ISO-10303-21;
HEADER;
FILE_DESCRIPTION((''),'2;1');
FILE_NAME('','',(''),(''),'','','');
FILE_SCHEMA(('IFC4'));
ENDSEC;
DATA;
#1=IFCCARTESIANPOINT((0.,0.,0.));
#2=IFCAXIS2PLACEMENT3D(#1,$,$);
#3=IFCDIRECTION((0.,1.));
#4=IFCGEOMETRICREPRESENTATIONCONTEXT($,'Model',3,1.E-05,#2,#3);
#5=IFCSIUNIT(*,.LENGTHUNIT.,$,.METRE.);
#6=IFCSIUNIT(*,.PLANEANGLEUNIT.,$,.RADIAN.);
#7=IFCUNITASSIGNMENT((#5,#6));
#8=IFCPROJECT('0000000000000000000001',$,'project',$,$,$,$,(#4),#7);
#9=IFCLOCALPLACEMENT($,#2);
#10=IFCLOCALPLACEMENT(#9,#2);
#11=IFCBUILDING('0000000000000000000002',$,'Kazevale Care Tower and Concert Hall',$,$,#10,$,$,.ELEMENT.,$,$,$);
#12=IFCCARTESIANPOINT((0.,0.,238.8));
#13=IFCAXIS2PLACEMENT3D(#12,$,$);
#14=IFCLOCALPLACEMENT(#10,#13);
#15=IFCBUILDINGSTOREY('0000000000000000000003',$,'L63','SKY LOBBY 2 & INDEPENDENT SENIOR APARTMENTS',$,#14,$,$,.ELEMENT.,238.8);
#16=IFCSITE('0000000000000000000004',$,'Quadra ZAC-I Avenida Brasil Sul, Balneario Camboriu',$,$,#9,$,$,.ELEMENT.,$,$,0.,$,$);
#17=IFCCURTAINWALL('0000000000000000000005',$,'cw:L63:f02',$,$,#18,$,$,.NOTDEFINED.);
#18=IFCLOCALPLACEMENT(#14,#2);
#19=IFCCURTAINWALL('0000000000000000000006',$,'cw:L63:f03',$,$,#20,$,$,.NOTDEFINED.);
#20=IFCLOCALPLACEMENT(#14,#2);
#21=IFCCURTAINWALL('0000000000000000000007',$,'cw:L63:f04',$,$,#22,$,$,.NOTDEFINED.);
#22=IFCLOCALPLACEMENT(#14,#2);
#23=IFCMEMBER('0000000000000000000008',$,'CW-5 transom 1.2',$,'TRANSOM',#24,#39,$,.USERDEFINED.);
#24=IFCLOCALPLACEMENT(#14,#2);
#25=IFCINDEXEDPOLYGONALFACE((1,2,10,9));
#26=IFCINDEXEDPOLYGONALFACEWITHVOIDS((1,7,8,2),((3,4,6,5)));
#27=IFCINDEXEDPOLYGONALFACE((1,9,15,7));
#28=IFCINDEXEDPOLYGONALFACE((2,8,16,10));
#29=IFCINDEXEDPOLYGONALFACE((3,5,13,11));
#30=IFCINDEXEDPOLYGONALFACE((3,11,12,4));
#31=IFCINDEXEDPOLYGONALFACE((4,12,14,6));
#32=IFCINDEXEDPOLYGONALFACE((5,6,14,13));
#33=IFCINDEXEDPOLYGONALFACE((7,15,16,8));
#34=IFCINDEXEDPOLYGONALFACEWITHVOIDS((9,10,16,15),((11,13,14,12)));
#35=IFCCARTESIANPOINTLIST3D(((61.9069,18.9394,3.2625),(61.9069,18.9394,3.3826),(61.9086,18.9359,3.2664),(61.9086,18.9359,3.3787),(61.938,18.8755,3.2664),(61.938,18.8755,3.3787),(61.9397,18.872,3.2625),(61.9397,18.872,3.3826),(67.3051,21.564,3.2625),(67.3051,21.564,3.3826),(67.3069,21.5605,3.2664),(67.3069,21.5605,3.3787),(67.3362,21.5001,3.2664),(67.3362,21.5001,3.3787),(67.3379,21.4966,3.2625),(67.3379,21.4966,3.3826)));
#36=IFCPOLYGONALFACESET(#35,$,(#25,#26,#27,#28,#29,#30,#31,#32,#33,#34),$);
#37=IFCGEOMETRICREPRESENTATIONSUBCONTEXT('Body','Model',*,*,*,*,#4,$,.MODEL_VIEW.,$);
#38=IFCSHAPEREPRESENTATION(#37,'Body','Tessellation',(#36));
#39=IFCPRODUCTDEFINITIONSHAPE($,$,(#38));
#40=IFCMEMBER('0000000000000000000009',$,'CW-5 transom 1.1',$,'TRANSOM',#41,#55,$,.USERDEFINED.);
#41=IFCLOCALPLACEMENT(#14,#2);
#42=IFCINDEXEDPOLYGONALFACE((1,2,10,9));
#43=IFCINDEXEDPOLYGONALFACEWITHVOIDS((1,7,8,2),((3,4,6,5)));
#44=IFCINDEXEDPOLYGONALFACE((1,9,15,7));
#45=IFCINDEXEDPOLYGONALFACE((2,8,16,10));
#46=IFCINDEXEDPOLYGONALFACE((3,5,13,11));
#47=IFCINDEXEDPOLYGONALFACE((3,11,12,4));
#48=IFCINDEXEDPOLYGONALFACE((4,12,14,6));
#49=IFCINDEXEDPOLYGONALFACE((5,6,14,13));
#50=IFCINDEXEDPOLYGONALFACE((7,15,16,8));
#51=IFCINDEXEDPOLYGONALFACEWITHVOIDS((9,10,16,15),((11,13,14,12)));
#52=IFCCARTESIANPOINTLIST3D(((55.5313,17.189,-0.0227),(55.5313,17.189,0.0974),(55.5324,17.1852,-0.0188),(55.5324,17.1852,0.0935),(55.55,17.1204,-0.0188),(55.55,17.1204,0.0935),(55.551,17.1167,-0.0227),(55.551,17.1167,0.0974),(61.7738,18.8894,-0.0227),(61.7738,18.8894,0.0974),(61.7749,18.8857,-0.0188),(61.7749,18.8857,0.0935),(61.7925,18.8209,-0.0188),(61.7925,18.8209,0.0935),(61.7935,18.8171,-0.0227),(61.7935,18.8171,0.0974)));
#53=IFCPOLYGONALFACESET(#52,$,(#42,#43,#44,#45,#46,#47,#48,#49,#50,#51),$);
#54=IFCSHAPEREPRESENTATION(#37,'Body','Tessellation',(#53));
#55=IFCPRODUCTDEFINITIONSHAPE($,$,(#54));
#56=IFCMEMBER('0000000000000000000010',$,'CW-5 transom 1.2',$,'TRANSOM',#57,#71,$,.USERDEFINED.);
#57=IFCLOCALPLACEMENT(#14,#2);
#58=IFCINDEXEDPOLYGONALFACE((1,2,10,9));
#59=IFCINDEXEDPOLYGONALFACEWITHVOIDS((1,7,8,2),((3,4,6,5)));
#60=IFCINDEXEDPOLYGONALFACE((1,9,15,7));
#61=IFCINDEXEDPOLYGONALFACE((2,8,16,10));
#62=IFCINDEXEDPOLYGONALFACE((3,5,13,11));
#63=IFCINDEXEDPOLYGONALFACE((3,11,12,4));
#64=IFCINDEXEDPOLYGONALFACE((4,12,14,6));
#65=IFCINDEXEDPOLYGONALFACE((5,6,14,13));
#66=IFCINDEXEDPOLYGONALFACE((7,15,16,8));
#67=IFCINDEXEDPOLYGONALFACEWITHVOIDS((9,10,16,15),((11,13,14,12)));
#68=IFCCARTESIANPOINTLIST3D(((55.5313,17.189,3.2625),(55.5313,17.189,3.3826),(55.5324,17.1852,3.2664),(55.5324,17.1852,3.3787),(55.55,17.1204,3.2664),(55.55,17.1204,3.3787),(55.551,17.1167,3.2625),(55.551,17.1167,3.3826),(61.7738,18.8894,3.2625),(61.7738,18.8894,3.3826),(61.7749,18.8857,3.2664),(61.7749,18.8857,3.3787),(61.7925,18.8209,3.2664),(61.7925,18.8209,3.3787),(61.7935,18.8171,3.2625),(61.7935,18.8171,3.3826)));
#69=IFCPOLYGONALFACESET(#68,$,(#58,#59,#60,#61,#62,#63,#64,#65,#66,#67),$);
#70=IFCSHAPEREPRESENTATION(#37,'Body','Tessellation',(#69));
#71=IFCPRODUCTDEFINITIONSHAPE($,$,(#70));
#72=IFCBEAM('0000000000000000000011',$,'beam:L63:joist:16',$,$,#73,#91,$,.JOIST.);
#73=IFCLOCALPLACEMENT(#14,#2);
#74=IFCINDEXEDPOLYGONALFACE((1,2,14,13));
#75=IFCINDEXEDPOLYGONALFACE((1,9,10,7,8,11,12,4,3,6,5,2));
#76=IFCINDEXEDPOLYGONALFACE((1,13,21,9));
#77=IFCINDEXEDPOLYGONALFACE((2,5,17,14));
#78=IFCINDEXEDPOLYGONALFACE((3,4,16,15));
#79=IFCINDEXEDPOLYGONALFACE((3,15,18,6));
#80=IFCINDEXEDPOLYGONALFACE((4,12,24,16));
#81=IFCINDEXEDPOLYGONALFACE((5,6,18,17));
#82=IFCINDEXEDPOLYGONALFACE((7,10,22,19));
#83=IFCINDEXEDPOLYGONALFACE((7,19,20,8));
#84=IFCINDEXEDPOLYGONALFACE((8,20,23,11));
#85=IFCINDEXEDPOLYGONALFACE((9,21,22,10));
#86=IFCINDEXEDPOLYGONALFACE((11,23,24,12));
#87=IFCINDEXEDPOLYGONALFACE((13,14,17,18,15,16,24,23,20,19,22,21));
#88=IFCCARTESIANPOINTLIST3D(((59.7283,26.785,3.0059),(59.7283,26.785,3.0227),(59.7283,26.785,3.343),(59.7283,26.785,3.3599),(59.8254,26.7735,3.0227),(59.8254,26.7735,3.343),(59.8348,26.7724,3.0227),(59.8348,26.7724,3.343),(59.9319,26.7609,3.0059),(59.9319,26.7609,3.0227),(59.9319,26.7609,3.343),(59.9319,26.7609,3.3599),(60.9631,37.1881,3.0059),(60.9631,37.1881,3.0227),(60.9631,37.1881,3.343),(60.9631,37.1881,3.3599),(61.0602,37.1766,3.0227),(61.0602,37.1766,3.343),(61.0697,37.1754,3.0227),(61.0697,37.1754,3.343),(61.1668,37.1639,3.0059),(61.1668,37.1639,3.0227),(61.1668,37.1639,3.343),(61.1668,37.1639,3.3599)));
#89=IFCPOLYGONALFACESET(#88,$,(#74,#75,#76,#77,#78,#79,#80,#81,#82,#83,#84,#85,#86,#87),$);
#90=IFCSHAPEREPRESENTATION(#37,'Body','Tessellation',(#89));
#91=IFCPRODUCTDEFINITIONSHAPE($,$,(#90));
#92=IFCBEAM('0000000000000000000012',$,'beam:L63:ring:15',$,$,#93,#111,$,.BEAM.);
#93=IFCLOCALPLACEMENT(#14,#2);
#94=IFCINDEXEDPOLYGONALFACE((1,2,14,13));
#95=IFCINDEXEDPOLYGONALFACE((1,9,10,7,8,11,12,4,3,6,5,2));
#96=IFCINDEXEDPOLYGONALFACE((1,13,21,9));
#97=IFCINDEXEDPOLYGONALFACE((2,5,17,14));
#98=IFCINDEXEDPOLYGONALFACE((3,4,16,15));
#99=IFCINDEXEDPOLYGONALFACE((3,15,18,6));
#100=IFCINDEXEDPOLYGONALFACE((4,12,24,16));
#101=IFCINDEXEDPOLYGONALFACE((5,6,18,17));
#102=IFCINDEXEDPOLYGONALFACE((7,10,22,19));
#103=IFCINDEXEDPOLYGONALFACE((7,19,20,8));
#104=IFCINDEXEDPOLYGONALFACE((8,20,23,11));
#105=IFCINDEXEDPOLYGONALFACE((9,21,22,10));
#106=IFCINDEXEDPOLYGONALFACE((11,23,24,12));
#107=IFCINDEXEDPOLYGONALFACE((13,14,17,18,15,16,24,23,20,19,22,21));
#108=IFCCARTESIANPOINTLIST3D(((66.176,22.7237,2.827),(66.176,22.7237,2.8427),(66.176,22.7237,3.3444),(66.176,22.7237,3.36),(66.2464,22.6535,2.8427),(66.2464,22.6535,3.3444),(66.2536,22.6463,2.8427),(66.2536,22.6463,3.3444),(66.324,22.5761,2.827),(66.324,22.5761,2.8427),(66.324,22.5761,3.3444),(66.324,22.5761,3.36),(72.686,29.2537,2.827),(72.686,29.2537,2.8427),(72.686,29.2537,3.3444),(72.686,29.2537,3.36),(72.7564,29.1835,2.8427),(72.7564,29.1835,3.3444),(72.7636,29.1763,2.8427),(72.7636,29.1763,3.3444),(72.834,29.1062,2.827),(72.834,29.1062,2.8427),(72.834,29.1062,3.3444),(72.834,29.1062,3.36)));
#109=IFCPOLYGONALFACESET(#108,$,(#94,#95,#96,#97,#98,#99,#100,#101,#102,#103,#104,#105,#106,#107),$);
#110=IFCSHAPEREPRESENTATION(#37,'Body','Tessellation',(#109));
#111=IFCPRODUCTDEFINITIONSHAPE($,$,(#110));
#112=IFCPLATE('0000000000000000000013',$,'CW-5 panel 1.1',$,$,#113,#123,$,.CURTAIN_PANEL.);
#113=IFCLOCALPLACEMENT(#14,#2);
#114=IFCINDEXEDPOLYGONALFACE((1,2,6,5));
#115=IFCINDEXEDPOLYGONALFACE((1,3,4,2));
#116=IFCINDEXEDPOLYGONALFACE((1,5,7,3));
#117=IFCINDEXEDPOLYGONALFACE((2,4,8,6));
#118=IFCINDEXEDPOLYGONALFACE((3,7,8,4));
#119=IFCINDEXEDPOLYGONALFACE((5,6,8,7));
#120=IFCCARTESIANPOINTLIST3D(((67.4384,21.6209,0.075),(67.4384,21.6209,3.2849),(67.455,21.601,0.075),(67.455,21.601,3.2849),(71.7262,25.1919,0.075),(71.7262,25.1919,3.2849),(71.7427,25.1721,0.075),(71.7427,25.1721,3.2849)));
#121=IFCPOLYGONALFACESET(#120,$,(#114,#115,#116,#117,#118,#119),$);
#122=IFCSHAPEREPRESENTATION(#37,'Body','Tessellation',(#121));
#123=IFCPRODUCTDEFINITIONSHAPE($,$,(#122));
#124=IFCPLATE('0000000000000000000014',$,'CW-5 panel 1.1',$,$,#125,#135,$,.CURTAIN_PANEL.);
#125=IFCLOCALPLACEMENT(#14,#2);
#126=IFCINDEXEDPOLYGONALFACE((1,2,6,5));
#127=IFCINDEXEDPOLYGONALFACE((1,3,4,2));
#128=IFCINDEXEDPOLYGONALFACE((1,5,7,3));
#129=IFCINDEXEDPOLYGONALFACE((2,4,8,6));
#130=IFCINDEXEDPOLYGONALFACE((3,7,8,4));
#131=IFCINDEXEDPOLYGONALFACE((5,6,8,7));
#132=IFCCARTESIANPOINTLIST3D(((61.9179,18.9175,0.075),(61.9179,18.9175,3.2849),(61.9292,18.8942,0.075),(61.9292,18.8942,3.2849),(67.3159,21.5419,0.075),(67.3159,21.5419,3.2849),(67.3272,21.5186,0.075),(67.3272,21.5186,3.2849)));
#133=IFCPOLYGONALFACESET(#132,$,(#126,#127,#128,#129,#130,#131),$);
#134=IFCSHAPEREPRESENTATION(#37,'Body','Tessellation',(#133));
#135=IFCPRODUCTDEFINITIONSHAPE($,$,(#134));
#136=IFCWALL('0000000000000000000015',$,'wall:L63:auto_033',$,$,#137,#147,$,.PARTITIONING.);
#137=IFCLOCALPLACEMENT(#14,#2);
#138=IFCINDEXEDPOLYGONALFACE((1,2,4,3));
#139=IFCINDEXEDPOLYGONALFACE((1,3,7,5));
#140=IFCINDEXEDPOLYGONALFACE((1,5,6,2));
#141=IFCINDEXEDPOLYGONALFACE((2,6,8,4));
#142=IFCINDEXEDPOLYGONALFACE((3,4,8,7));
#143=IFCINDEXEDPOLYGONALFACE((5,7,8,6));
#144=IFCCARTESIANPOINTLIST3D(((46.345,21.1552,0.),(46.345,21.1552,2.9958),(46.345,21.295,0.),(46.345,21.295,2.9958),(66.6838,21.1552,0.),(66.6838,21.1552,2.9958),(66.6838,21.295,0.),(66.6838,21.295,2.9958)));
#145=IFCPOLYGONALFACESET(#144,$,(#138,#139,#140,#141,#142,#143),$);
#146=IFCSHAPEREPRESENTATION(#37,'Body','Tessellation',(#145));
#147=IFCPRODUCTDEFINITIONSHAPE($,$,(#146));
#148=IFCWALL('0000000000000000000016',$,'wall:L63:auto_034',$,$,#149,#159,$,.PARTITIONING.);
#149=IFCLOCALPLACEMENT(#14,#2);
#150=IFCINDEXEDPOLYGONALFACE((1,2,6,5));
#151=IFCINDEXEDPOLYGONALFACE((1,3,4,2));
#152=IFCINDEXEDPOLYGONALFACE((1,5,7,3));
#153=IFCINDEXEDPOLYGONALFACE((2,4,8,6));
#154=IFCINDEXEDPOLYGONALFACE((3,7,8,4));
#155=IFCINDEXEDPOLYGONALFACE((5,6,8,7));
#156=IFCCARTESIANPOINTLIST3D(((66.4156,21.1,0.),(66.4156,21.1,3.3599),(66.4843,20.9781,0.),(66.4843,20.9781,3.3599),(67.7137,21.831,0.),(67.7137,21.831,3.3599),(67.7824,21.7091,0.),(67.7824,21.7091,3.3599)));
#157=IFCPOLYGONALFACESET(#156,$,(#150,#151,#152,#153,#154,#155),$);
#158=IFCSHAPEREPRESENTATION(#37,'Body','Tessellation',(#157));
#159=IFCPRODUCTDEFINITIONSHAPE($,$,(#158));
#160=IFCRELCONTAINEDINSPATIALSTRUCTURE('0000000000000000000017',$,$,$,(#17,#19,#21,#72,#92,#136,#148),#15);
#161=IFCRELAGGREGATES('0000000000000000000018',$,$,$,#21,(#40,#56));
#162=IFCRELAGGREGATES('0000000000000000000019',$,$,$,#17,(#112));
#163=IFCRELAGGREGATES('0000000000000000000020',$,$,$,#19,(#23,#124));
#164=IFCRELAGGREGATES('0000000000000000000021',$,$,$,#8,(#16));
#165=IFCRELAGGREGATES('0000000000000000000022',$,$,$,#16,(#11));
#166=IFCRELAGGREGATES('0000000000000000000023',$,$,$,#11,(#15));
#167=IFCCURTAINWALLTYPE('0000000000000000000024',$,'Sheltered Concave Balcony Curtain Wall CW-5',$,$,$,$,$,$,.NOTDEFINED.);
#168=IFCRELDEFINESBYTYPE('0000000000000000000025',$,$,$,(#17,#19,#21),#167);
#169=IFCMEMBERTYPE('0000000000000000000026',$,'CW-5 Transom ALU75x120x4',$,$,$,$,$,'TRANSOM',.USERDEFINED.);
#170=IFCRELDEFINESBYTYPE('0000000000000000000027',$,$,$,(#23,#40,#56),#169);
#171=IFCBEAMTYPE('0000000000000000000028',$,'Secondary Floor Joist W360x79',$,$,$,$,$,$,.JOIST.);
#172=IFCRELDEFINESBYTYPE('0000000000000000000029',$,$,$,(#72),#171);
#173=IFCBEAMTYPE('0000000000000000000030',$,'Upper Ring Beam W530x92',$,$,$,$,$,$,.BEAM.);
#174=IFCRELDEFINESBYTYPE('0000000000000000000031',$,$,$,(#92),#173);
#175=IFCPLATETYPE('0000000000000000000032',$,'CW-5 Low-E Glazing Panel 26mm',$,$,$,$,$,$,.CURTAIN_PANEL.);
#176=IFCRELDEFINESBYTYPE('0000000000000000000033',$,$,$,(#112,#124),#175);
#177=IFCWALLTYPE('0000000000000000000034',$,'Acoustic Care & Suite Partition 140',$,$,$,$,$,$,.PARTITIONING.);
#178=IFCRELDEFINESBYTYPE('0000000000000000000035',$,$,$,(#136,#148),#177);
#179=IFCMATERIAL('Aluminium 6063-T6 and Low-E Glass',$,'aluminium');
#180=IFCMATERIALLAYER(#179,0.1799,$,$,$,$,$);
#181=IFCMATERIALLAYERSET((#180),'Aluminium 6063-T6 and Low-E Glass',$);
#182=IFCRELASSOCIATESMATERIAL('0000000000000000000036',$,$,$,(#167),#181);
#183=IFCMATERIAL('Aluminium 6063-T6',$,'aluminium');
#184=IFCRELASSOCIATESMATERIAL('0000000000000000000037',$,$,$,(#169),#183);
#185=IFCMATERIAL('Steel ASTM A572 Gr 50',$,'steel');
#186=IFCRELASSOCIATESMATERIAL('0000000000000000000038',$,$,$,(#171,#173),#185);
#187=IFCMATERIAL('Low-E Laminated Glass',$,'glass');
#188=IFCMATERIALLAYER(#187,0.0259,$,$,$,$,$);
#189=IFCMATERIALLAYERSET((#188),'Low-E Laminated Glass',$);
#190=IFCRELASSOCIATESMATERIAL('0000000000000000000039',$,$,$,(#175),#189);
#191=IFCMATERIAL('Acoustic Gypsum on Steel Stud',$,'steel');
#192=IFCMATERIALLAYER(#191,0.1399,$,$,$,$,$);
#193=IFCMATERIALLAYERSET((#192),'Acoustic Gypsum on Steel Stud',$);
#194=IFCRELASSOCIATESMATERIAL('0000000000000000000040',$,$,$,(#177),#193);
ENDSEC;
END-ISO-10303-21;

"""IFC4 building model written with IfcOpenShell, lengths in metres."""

from ifc_helpers import new_model, si_unit, direction, frame, frame_2d, origin, origin_2d, place, context, subcontext, project, spatial, rectangle, hollow_rectangle, i_section, extrude, material, layer, layer_set, material_profile, profile_set, type_object, element, aggregate, save


model = new_model("IFC4")

# Units and contexts
model_context = context("Model", 3, precision=1e-05, world=origin(), true_north=direction((0.0, 1.0)))
body_context = subcontext(model_context, "Body", "Model", "MODEL_VIEW")
ifc_project = project(units=[si_unit("LENGTHUNIT", "METRE"), si_unit("PLANEANGLEUNIT", "RADIAN")], contexts=[model_context])

# Site, building, storey
site_placement = place(None, origin())
site = spatial("IfcSite", under=ifc_project, at=site_placement, Name="Quadra ZAC-I Avenida Brasil Sul, Balneario Camboriu", CompositionType="ELEMENT", RefElevation=0.0)
building_placement = place(site_placement, origin())
building = spatial("IfcBuilding", under=site, at=building_placement, Name="Kazevale Care Tower and Concert Hall", CompositionType="ELEMENT")
storey_placement = place(building_placement, frame((0.0, 0.0, 238.8)))
storey = spatial("IfcBuildingStorey", under=building, at=storey_placement, Name="L63", Description="SKY LOBBY 2 & INDEPENDENT SENIOR APARTMENTS", CompositionType="ELEMENT", Elevation=238.8)

# Curtain walls
ifc_material_1 = material(Name="Aluminium 6063-T6 and Low-E Glass", Category="aluminium")
ifc_layer_1 = layer(ifc_material_1, 0.1799)
ifc_layer_set_1 = layer_set([ifc_layer_1], Name="Aluminium 6063-T6 and Low-E Glass")
curtain_wall_type = type_object("IfcCurtainWallType", Name="Sheltered Concave Balcony Curtain Wall CW-5", PredefinedType="NOTDEFINED", material=ifc_layer_set_1)
curtain_wall_1_placement = place(storey_placement, origin())
curtain_wall_1 = element("IfcCurtainWall", 1, at=curtain_wall_1_placement, inside=storey, type_object=curtain_wall_type, Name="cw:L63:f02", PredefinedType="NOTDEFINED")
ifc_material_2 = material(Name="Aluminium 6063-T6", Category="aluminium")
curtain_wall_2_placement = place(storey_placement, origin())
curtain_wall_2 = element("IfcCurtainWall", 2, at=curtain_wall_2_placement, inside=storey, type_object=curtain_wall_type, Name="cw:L63:f03", PredefinedType="NOTDEFINED")

# Curtain wall
curtain_wall_3_placement = place(storey_placement, origin())
curtain_wall_3 = element("IfcCurtainWall", 3, at=curtain_wall_3_placement, inside=storey, type_object=curtain_wall_type, Name="cw:L63:f04", PredefinedType="NOTDEFINED")

# Members
ifc_material_profile_1 = material_profile(ifc_material_2, hollow_rectangle(XDim=0.075, YDim=0.1201, WallThickness=0.0039, at=origin_2d()), Name="ALU75x120x4")
ifc_profile_set_1 = profile_set([ifc_material_profile_1], Name="Aluminium 6063-T6")
member_type_1 = type_object("IfcMemberType", Name="CW-5 Transom ALU75x120x4", ElementType="TRANSOM", PredefinedType="USERDEFINED", material=ifc_profile_set_1)
member_1_placement = place(storey_placement, frame((67.3215, 21.5303, 3.3225), z_axis=(-0.899342, -0.437245, 0.0), x_axis=(0.437245, -0.899342, 0.0)))
member_1 = element("IfcMember", 4, at=member_1_placement, type_object=member_type_1, Name="CW-5 transom 1.2", ObjectType="TRANSOM", PredefinedType="USERDEFINED", context=body_context, shape_type="SweptSolid", body=[
    extrude(hollow_rectangle(XDim=0.075, YDim=0.1201, WallThickness=0.0039, at=origin_2d()), origin(), (0.0, 0.0, 1.0), 6.0024),
])
member_2_placement = place(storey_placement, frame((61.7837, 18.8533, 0.0374), z_axis=(-0.964844, -0.262824, 0.0), x_axis=(0.262824, -0.964844, 0.0)))
member_2 = element("IfcMember", 5, at=member_2_placement, type_object=member_type_1, Name="CW-5 transom 1.1", ObjectType="TRANSOM", PredefinedType="USERDEFINED", context=body_context, shape_type="SweptSolid", body=[
    extrude(hollow_rectangle(XDim=0.075, YDim=0.1201, WallThickness=0.0039, at=origin_2d()), origin(), (0.0, 0.0, 1.0), 6.47),
])
member_3_placement = place(storey_placement, frame((61.7837, 18.8533, 3.3225), z_axis=(-0.964844, -0.262824, 0.0), x_axis=(0.262824, -0.964844, 0.0)))
member_3 = element("IfcMember", 6, at=member_3_placement, type_object=member_type_1, Name="CW-5 transom 1.2", ObjectType="TRANSOM", PredefinedType="USERDEFINED", context=body_context, shape_type="SweptSolid", body=[
    extrude(hollow_rectangle(XDim=0.075, YDim=0.1201, WallThickness=0.0039, at=origin_2d()), origin(), (0.0, 0.0, 1.0), 6.47),
])
aggregate(curtain_wall_3, [member_2, member_3])

# Beams
ifc_material_3 = material(Name="Steel ASTM A572 Gr 50", Category="steel")
ifc_material_profile_2 = material_profile(ifc_material_3, i_section(OverallWidth=0.2051, OverallDepth=0.354, WebThickness=0.0095, FlangeThickness=0.0168, at=origin_2d()), Name="W360x79")
ifc_profile_set_2 = profile_set([ifc_material_profile_2], Name="Steel ASTM A572 Gr 50")
beam_type_1 = type_object("IfcBeamType", Name="Secondary Floor Joist W360x79", PredefinedType="JOIST", material=ifc_profile_set_2)
beam_1_placement = place(storey_placement, frame((59.8301, 26.7729, 3.1829), z_axis=(0.117874, 0.993029, 0.0), x_axis=(-0.993029, 0.117874, 0.0)))
element("IfcBeam", 7, at=beam_1_placement, inside=storey, type_object=beam_type_1, Name="beam:L63:joist:16", PredefinedType="JOIST", context=body_context, shape_type="SweptSolid", body=[
    extrude(i_section(OverallWidth=0.2051, OverallDepth=0.354, WebThickness=0.0095, FlangeThickness=0.0168, at=origin_2d()), origin(), (0.0, 0.0, 1.0), 10.4761),
])
ifc_material_profile_3 = material_profile(ifc_material_3, i_section(OverallWidth=0.209, OverallDepth=0.533, WebThickness=0.0103, FlangeThickness=0.0156, at=origin_2d()), Name="W530x92")
ifc_profile_set_3 = profile_set([ifc_material_profile_3], Name="Steel ASTM A572 Gr 50")
beam_type_2 = type_object("IfcBeamType", Name="Upper Ring Beam W530x92", PredefinedType="BEAM", material=ifc_profile_set_3)
beam_2_placement = place(storey_placement, frame((66.25, 22.6499, 3.0935), z_axis=(0.70602, 0.708192, 0.0), x_axis=(-0.708192, 0.70602, 0.0)))
element("IfcBeam", 8, at=beam_2_placement, inside=storey, type_object=beam_type_2, Name="beam:L63:ring:15", PredefinedType="BEAM", context=body_context, shape_type="SweptSolid", body=[
    extrude(i_section(OverallWidth=0.209, OverallDepth=0.533, WebThickness=0.0103, FlangeThickness=0.0156, at=origin_2d()), origin(), (0.0, 0.0, 1.0), 9.2207),
])

# Plates
ifc_material_4 = material(Name="Low-E Laminated Glass", Category="glass")
ifc_layer_2 = layer(ifc_material_4, 0.0259)
ifc_layer_set_2 = layer_set([ifc_layer_2], Name="Low-E Laminated Glass")
plate_type = type_object("IfcPlateType", Name="CW-5 Low-E Glazing Panel 26mm", PredefinedType="CURTAIN_PANEL", material=ifc_layer_set_2)
plate_1_placement = place(storey_placement, frame((69.5906, 23.3965, 0.075), z_axis=(0.0, 0.0, 1.0), x_axis=(-0.768407, -0.639961, 0.0)))
plate_1 = element("IfcPlate", 9, at=plate_1_placement, type_object=plate_type, Name="CW-5 panel 1.1", PredefinedType="CURTAIN_PANEL", context=body_context, shape_type="SweptSolid", body=[
    extrude(rectangle(XDim=5.5801, YDim=0.0259, at=origin_2d()), origin(), (0.0, 0.0, 1.0), 3.21),
])
aggregate(curtain_wall_1, [plate_1])
plate_2_placement = place(storey_placement, frame((64.6226, 20.218, 0.075), z_axis=(0.0, 0.0, 1.0), x_axis=(-0.899346, -0.437238, 0.0)))
plate_2 = element("IfcPlate", 10, at=plate_2_placement, type_object=plate_type, Name="CW-5 panel 1.1", PredefinedType="CURTAIN_PANEL", context=body_context, shape_type="SweptSolid", body=[
    extrude(rectangle(XDim=6.0022, YDim=0.0259, at=origin_2d()), origin(), (0.0, 0.0, 1.0), 3.21),
])
aggregate(curtain_wall_2, [member_1, plate_2])

# Walls
ifc_material_5 = material(Name="Acoustic Gypsum on Steel Stud", Category="steel")
ifc_layer_3 = layer(ifc_material_5, 0.1399)
ifc_layer_set_3 = layer_set([ifc_layer_3], Name="Acoustic Gypsum on Steel Stud")
wall_type = type_object("IfcWallType", Name="Acoustic Care & Suite Partition 140", PredefinedType="PARTITIONING", material=ifc_layer_set_3)
wall_1_placement = place(storey_placement, frame((66.6838, 21.2251, 0.0), z_axis=(0.0, 0.0, 1.0), x_axis=(-1.0, 0.0, 0.0)))
element("IfcWall", 11, at=wall_1_placement, inside=storey, type_object=wall_type, Name="wall:L63:auto_033", PredefinedType="PARTITIONING", context=body_context, shape_type="SweptSolid", body=[
    extrude(rectangle(XDim=20.3389, YDim=0.1399, at=frame_2d((10.1694, 0.0))), origin(), (0.0, 0.0, 1.0), 2.9958),
])
wall_2_placement = place(storey_placement, frame((67.748, 21.77, 0.0), z_axis=(0.0, 0.0, 1.0), x_axis=(-0.871352, -0.490658, 0.0)))
element("IfcWall", 12, at=wall_2_placement, inside=storey, type_object=wall_type, Name="wall:L63:auto_034", PredefinedType="PARTITIONING", context=body_context, shape_type="SweptSolid", body=[
    extrude(rectangle(XDim=1.4897, YDim=0.1399, at=frame_2d((0.7449, 0.0))), origin(), (0.0, 0.0, 1.0), 3.3599),
])

save(model, "model.ifc")
